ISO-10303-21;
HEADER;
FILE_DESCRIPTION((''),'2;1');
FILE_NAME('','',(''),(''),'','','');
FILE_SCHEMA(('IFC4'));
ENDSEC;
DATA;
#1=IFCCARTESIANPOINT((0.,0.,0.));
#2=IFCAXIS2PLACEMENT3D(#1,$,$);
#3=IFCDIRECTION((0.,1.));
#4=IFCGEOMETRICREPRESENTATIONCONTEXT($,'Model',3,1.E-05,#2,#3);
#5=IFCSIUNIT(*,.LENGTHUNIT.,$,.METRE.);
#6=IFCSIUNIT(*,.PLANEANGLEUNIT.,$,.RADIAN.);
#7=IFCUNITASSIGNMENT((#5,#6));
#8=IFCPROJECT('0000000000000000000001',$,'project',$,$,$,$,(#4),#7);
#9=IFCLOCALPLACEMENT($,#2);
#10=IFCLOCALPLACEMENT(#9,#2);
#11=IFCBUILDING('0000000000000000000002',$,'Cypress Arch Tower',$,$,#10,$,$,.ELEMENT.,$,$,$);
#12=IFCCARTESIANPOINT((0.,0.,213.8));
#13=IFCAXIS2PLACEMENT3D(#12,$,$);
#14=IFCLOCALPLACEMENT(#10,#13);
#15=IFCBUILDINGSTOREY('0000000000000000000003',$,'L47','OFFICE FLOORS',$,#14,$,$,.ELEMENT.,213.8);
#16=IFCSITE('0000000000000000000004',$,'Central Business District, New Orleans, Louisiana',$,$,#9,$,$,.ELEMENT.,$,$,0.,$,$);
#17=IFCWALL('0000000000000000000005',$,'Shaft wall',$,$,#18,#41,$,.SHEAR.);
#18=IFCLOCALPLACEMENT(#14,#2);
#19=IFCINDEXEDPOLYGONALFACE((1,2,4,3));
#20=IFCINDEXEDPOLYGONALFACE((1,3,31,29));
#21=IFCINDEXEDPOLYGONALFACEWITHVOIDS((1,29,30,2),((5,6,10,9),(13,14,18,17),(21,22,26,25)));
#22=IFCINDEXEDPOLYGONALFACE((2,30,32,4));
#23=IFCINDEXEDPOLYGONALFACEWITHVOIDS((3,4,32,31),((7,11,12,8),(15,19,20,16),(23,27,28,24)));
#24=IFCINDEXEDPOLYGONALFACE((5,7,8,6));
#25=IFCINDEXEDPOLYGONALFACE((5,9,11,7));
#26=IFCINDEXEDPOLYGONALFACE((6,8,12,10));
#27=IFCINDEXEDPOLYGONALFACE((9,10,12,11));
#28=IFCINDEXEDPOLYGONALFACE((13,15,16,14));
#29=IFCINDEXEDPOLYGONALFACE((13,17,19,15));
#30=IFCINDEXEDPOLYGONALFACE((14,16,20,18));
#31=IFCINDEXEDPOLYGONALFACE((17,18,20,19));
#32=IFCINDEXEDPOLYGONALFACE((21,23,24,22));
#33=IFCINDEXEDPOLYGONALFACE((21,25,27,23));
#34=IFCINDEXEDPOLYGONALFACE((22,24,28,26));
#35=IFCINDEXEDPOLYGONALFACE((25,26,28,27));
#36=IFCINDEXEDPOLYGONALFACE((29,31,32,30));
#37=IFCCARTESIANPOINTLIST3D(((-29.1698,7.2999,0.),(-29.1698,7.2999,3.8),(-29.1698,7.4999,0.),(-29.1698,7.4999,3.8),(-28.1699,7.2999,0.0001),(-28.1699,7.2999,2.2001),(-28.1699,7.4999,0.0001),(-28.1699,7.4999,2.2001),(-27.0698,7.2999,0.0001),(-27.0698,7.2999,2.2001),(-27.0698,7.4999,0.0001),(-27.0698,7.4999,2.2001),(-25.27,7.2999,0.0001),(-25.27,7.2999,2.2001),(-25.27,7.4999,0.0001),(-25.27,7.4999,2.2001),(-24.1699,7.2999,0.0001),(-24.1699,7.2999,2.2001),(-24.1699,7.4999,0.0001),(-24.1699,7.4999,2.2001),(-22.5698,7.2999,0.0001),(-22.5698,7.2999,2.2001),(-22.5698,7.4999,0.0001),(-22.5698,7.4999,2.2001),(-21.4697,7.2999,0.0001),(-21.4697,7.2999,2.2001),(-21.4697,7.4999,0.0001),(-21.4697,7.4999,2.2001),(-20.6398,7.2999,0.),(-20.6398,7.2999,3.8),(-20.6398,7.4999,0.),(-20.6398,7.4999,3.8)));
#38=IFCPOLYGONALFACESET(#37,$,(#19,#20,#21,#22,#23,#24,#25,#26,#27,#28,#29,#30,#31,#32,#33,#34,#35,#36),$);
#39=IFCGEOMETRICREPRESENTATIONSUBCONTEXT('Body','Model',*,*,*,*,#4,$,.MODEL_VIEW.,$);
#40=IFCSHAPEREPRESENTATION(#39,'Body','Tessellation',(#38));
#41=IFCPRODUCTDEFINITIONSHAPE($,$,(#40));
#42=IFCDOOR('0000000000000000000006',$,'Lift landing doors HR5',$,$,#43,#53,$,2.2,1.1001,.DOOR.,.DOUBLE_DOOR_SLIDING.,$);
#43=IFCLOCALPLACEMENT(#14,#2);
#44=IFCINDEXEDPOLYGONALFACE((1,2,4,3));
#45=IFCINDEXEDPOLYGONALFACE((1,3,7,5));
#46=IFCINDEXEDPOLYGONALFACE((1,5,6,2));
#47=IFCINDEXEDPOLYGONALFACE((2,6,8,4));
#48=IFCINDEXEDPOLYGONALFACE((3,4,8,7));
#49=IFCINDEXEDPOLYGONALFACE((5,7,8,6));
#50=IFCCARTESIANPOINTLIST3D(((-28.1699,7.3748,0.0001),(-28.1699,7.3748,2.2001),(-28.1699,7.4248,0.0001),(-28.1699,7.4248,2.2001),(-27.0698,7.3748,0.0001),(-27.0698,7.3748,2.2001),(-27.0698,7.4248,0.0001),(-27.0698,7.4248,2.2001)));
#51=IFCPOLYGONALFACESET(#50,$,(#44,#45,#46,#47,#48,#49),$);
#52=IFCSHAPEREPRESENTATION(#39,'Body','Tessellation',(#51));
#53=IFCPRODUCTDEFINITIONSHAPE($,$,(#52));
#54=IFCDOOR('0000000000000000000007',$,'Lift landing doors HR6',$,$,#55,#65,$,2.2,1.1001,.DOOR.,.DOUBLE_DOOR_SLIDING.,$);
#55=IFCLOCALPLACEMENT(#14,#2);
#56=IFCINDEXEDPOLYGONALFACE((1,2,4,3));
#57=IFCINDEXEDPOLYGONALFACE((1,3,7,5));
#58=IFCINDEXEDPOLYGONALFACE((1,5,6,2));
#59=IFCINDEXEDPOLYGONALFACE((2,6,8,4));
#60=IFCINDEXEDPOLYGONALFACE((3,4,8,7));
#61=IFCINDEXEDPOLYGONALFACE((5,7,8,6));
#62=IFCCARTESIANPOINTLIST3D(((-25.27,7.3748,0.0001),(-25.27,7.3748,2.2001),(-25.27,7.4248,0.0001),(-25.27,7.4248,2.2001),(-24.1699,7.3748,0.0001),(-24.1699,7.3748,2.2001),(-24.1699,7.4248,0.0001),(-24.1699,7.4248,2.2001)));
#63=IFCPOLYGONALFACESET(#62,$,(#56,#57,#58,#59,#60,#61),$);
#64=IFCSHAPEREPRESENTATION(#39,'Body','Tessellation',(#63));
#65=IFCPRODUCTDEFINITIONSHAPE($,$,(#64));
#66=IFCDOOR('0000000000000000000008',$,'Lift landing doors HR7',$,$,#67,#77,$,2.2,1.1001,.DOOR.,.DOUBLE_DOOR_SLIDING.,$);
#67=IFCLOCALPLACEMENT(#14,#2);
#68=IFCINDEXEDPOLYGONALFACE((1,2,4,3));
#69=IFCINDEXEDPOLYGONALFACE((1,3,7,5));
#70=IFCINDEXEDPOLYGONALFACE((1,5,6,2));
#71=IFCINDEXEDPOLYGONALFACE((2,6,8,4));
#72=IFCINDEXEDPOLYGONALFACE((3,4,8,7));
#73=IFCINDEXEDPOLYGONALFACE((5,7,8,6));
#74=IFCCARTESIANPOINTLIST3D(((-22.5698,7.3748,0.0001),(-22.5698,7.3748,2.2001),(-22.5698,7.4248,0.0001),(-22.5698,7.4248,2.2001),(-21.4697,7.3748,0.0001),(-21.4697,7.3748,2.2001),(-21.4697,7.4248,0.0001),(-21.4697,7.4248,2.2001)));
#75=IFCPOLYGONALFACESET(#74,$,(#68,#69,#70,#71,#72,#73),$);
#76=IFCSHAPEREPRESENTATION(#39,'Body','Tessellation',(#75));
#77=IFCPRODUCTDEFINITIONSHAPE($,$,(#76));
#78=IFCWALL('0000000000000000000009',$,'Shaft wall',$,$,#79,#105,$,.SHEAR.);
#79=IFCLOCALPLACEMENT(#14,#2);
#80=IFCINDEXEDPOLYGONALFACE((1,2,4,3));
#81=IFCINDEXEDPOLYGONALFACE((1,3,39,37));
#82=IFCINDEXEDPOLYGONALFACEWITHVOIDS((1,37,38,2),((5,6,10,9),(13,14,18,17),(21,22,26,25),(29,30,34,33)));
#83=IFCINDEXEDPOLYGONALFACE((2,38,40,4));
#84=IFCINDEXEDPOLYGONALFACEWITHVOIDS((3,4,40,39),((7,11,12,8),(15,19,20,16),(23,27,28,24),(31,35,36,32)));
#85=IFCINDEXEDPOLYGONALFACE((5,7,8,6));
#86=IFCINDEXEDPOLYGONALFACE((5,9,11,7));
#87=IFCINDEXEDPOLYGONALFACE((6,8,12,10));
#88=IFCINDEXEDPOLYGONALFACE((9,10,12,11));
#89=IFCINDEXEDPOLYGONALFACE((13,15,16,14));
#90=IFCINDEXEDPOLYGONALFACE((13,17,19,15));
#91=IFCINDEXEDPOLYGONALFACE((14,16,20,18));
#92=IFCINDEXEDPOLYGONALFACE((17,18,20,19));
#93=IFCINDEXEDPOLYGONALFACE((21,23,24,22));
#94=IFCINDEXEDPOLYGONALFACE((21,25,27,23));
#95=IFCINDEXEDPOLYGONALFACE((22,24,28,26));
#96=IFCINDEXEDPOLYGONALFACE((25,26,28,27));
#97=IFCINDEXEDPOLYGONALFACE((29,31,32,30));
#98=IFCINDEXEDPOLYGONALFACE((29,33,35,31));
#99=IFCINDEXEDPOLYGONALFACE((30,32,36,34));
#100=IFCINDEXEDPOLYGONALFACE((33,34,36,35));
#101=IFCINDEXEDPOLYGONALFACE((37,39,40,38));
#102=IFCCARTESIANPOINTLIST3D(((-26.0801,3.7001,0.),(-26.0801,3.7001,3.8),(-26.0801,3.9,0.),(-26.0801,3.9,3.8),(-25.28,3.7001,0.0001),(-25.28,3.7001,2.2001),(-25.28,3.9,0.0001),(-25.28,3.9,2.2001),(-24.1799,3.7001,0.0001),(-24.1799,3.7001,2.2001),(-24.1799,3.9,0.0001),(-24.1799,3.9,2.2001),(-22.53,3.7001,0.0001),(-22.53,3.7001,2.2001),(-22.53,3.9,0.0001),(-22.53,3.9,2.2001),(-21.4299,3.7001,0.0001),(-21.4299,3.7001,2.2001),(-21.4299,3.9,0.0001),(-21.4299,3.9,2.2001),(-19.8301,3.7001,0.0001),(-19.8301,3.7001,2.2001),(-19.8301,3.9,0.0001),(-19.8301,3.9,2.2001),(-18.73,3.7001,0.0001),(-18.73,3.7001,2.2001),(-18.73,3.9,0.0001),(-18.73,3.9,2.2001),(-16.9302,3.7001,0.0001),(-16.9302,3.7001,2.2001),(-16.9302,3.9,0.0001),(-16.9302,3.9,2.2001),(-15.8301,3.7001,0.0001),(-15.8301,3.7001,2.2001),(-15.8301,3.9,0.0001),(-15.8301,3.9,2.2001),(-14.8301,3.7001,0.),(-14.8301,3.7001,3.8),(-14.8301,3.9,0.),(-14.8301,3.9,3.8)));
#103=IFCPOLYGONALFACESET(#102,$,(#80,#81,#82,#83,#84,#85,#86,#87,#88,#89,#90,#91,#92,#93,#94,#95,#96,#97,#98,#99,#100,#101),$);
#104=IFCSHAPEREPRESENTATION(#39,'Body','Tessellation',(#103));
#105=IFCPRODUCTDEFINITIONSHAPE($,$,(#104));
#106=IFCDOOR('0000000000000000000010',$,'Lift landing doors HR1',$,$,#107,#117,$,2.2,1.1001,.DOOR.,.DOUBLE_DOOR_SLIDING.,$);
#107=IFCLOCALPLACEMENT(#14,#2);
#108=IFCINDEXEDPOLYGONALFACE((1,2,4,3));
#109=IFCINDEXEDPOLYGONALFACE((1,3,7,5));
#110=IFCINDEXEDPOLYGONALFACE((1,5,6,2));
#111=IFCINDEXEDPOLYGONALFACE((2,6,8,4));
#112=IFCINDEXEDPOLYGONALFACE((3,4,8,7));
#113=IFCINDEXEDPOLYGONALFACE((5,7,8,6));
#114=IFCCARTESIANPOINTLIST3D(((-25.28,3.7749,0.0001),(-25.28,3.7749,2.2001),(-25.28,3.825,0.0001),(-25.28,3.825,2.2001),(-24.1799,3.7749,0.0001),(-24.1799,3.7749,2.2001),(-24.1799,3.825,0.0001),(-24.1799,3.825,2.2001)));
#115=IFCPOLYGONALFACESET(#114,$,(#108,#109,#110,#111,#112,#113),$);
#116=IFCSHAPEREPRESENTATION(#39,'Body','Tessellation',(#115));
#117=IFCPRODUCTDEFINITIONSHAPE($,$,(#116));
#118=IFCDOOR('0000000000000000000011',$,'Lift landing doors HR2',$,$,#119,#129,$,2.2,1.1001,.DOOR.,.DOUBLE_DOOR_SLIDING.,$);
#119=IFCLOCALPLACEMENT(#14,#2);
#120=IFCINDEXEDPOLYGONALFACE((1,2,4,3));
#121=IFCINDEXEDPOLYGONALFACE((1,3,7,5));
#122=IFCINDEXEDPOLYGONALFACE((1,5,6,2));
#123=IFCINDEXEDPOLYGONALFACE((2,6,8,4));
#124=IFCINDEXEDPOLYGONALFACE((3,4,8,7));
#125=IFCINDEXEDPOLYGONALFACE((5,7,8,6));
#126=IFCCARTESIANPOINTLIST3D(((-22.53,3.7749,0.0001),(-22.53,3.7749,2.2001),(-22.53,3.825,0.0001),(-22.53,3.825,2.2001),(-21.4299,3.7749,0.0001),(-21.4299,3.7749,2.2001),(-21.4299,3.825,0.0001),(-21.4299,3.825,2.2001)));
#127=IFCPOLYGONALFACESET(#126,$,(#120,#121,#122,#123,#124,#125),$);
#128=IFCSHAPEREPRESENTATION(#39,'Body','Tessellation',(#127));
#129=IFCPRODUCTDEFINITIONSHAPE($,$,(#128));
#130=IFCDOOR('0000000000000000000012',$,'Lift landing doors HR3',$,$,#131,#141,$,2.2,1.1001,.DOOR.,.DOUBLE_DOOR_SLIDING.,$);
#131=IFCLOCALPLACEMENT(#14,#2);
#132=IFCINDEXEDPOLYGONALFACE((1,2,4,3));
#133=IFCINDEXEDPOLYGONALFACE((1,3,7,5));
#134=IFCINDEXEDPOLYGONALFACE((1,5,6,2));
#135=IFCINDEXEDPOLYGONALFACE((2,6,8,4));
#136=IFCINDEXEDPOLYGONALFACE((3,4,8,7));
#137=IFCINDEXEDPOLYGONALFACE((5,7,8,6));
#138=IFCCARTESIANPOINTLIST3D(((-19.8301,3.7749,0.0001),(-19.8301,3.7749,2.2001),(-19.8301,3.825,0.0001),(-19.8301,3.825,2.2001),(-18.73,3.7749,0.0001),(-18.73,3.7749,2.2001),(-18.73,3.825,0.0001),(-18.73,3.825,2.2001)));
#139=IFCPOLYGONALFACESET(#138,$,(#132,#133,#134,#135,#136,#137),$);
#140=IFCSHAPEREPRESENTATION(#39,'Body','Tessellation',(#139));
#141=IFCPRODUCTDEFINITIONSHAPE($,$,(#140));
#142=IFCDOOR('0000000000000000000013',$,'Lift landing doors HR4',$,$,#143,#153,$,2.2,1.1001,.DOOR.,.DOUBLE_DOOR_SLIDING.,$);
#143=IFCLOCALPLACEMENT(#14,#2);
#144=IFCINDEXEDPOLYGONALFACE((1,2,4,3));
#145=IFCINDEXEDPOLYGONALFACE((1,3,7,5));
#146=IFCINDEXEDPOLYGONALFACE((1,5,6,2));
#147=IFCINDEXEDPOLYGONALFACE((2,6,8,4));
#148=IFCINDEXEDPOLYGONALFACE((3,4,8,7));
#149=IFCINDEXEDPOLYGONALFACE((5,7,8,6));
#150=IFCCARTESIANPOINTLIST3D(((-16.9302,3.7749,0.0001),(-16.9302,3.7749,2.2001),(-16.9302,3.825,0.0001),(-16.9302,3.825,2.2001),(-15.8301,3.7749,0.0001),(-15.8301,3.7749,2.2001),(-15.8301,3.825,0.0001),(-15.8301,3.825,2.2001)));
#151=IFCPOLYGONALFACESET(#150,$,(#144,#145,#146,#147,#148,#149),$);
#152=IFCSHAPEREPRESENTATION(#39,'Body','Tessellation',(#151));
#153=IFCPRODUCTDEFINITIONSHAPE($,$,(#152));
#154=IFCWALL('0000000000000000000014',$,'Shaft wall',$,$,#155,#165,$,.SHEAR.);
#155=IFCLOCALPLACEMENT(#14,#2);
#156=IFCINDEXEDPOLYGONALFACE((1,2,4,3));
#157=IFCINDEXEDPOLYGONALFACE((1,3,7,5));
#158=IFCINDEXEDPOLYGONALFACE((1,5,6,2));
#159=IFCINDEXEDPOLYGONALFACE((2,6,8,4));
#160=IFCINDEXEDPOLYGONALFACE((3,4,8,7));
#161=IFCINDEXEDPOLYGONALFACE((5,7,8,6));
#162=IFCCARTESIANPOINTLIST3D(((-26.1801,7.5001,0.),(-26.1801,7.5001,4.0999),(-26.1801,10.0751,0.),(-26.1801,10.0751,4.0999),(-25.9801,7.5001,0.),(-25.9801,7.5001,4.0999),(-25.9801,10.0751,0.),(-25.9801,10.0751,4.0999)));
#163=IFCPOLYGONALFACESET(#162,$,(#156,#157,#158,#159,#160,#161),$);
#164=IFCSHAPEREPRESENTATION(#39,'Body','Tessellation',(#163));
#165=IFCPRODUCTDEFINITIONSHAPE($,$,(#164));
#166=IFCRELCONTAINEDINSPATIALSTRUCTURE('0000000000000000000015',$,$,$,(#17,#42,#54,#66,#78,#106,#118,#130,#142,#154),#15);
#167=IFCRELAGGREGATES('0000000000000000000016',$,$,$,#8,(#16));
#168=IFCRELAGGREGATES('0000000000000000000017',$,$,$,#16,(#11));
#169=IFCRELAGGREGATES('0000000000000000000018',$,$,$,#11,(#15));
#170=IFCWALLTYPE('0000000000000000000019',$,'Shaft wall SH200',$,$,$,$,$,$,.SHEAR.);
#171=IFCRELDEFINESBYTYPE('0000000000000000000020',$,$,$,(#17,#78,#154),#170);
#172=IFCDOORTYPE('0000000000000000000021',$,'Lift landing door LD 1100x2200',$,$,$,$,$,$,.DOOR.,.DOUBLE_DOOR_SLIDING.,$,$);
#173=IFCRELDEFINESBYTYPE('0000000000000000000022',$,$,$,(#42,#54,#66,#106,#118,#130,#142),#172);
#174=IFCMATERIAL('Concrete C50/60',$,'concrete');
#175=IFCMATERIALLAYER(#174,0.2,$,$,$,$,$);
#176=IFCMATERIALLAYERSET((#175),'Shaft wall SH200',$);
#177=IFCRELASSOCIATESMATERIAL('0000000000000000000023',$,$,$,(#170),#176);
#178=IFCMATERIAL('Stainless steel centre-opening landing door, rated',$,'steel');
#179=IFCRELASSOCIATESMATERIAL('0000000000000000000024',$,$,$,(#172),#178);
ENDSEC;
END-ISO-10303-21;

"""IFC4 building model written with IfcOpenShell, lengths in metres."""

from ifc_helpers import new_model, si_unit, direction, frame, frame_2d, origin, place, context, subcontext, project, spatial, rectangle, extrude, material, layer, layer_set, type_object, element, fill, save


model = new_model("IFC4")

# Units and contexts
model_context = context("Model", 3, precision=1e-05, world=origin(), true_north=direction((0.0, 1.0)))
body_context = subcontext(model_context, "Body", "Model", "MODEL_VIEW")
ifc_project = project(units=[si_unit("LENGTHUNIT", "METRE"), si_unit("PLANEANGLEUNIT", "RADIAN")], contexts=[model_context])

# Site, building, storey
site_placement = place(None, origin())
site = spatial("IfcSite", under=ifc_project, at=site_placement, Name="Central Business District, New Orleans, Louisiana", CompositionType="ELEMENT", RefElevation=0.0)
building_placement = place(site_placement, origin())
building = spatial("IfcBuilding", under=site, at=building_placement, Name="Cypress Arch Tower", CompositionType="ELEMENT")
storey_placement = place(building_placement, frame((0.0, 0.0, 213.8)))
storey = spatial("IfcBuildingStorey", under=building, at=storey_placement, Name="L47", Description="OFFICE FLOORS", CompositionType="ELEMENT", Elevation=213.8)

# Walls, openings, doors
ifc_material_1 = material(Name="Concrete C50/60", Category="concrete")
ifc_layer_1 = layer(ifc_material_1, 0.2)
ifc_layer_set_1 = layer_set([ifc_layer_1], Name="Shaft wall SH200")
wall_type_1 = type_object("IfcWallType", Name="Shaft wall SH200", PredefinedType="SHEAR", material=ifc_layer_set_1)
wall_1_placement = place(storey_placement, frame((-29.1699, 7.3999, 0.0), z_axis=(0.0, 0.0, 1.0), x_axis=(1.0, 0.0, 0.0)))
wall_1 = element("IfcWall", 1, at=wall_1_placement, inside=storey, type_object=wall_type_1, Name="Shaft wall", PredefinedType="SHEAR", context=body_context, shape_type="SweptSolid", body=[
    extrude(rectangle(XDim=8.53, YDim=0.2, at=frame_2d((4.2651, 0.0))), origin(), (0.0, 0.0, 1.0), 3.8),
])
opening_1_placement = place(wall_1_placement, frame((1.0, 0.0, 0.0)))
opening_1 = element("IfcOpeningElement", 2, at=opening_1_placement, cuts=wall_1, PredefinedType="OPENING", context=body_context, shape_type="SweptSolid", body=[
    extrude(rectangle(XDim=1.1001, YDim=2.2, at=frame_2d((0.55, 1.1001))), frame((0.0, 0.1099, 0.0), z_axis=(0.0, -1.0, 0.0), x_axis=(1.0, 0.0, 0.0)), (0.0, 0.0, 1.0), 0.22),
])
opening_2_placement = place(wall_1_placement, frame((3.8999, 0.0, 0.0)))
opening_2 = element("IfcOpeningElement", 3, at=opening_2_placement, cuts=wall_1, PredefinedType="OPENING", context=body_context, shape_type="SweptSolid", body=[
    extrude(rectangle(XDim=1.1001, YDim=2.2, at=frame_2d((0.55, 1.1001))), frame((0.0, 0.1099, 0.0), z_axis=(0.0, -1.0, 0.0), x_axis=(1.0, 0.0, 0.0)), (0.0, 0.0, 1.0), 0.22),
])
opening_3_placement = place(wall_1_placement, frame((6.6001, 0.0, 0.0)))
opening_3 = element("IfcOpeningElement", 4, at=opening_3_placement, cuts=wall_1, PredefinedType="OPENING", context=body_context, shape_type="SweptSolid", body=[
    extrude(rectangle(XDim=1.1001, YDim=2.2, at=frame_2d((0.55, 1.1001))), frame((0.0, 0.1099, 0.0), z_axis=(0.0, -1.0, 0.0), x_axis=(1.0, 0.0, 0.0)), (0.0, 0.0, 1.0), 0.22),
])
ifc_material_2 = material(Name="Stainless steel centre-opening landing door, rated", Category="steel")
door_type_1 = type_object("IfcDoorType", Name="Lift landing door LD 1100x2200", OperationType="DOUBLE_DOOR_SLIDING", PredefinedType="DOOR", material=ifc_material_2)
door_1_placement = place(opening_1_placement, origin())
door_1 = element("IfcDoor", 5, at=door_1_placement, inside=storey, type_object=door_type_1, Name="Lift landing doors HR5", OperationType="DOUBLE_DOOR_SLIDING", OverallHeight=2.2, OverallWidth=1.1001, PredefinedType="DOOR", context=body_context, shape_type="SweptSolid", body=[
    extrude(rectangle(XDim=1.1001, YDim=2.2, at=frame_2d((0.55, 1.1001))), frame((0.0, 0.0249, 0.0), z_axis=(0.0, -1.0, 0.0), x_axis=(1.0, 0.0, 0.0)), (0.0, 0.0, 1.0), 0.05),
])
fill(opening_1, door_1)
door_2_placement = place(opening_2_placement, origin())
door_2 = element("IfcDoor", 6, at=door_2_placement, inside=storey, type_object=door_type_1, Name="Lift landing doors HR6", OperationType="DOUBLE_DOOR_SLIDING", OverallHeight=2.2, OverallWidth=1.1001, PredefinedType="DOOR", context=body_context, shape_type="SweptSolid", body=[
    extrude(rectangle(XDim=1.1001, YDim=2.2, at=frame_2d((0.55, 1.1001))), frame((0.0, 0.0249, 0.0), z_axis=(0.0, -1.0, 0.0), x_axis=(1.0, 0.0, 0.0)), (0.0, 0.0, 1.0), 0.05),
])
fill(opening_2, door_2)
door_3_placement = place(opening_3_placement, origin())
door_3 = element("IfcDoor", 7, at=door_3_placement, inside=storey, type_object=door_type_1, Name="Lift landing doors HR7", OperationType="DOUBLE_DOOR_SLIDING", OverallHeight=2.2, OverallWidth=1.1001, PredefinedType="DOOR", context=body_context, shape_type="SweptSolid", body=[
    extrude(rectangle(XDim=1.1001, YDim=2.2, at=frame_2d((0.55, 1.1001))), frame((0.0, 0.0249, 0.0), z_axis=(0.0, -1.0, 0.0), x_axis=(1.0, 0.0, 0.0)), (0.0, 0.0, 1.0), 0.05),
])
fill(opening_3, door_3)
wall_2_placement = place(storey_placement, frame((-26.0801, 3.8, 0.0), z_axis=(0.0, 0.0, 1.0), x_axis=(1.0, 0.0, 0.0)))
wall_2 = element("IfcWall", 8, at=wall_2_placement, inside=storey, type_object=wall_type_1, Name="Shaft wall", PredefinedType="SHEAR", context=body_context, shape_type="SweptSolid", body=[
    extrude(rectangle(XDim=11.25, YDim=0.2, at=frame_2d((5.625, 0.0))), origin(), (0.0, 0.0, 1.0), 3.8),
])
opening_4_placement = place(wall_2_placement, frame((0.8, 0.0, 0.0)))
opening_4 = element("IfcOpeningElement", 9, at=opening_4_placement, cuts=wall_2, PredefinedType="OPENING", context=body_context, shape_type="SweptSolid", body=[
    extrude(rectangle(XDim=1.1001, YDim=2.2, at=frame_2d((0.55, 1.1001))), frame((0.0, 0.1099, 0.0), z_axis=(0.0, -1.0, 0.0), x_axis=(1.0, 0.0, 0.0)), (0.0, 0.0, 1.0), 0.22),
])
opening_5_placement = place(wall_2_placement, frame((3.55, 0.0, 0.0)))
opening_5 = element("IfcOpeningElement", 10, at=opening_5_placement, cuts=wall_2, PredefinedType="OPENING", context=body_context, shape_type="SweptSolid", body=[
    extrude(rectangle(XDim=1.1001, YDim=2.2, at=frame_2d((0.55, 1.1001))), frame((0.0, 0.1099, 0.0), z_axis=(0.0, -1.0, 0.0), x_axis=(1.0, 0.0, 0.0)), (0.0, 0.0, 1.0), 0.22),
])
opening_6_placement = place(wall_2_placement, frame((6.25, 0.0, 0.0)))
opening_6 = element("IfcOpeningElement", 11, at=opening_6_placement, cuts=wall_2, PredefinedType="OPENING", context=body_context, shape_type="SweptSolid", body=[
    extrude(rectangle(XDim=1.1001, YDim=2.2, at=frame_2d((0.55, 1.1001))), frame((0.0, 0.1099, 0.0), z_axis=(0.0, -1.0, 0.0), x_axis=(1.0, 0.0, 0.0)), (0.0, 0.0, 1.0), 0.22),
])
opening_7_placement = place(wall_2_placement, frame((9.1499, 0.0, 0.0)))
opening_7 = element("IfcOpeningElement", 12, at=opening_7_placement, cuts=wall_2, PredefinedType="OPENING", context=body_context, shape_type="SweptSolid", body=[
    extrude(rectangle(XDim=1.1001, YDim=2.2, at=frame_2d((0.55, 1.1001))), frame((0.0, 0.1099, 0.0), z_axis=(0.0, -1.0, 0.0), x_axis=(1.0, 0.0, 0.0)), (0.0, 0.0, 1.0), 0.22),
])
door_4_placement = place(opening_4_placement, origin())
door_4 = element("IfcDoor", 13, at=door_4_placement, inside=storey, type_object=door_type_1, Name="Lift landing doors HR1", OperationType="DOUBLE_DOOR_SLIDING", OverallHeight=2.2, OverallWidth=1.1001, PredefinedType="DOOR", context=body_context, shape_type="SweptSolid", body=[
    extrude(rectangle(XDim=1.1001, YDim=2.2, at=frame_2d((0.55, 1.1001))), frame((0.0, 0.0249, 0.0), z_axis=(0.0, -1.0, 0.0), x_axis=(1.0, 0.0, 0.0)), (0.0, 0.0, 1.0), 0.05),
])
fill(opening_4, door_4)
door_5_placement = place(opening_5_placement, origin())
door_5 = element("IfcDoor", 14, at=door_5_placement, inside=storey, type_object=door_type_1, Name="Lift landing doors HR2", OperationType="DOUBLE_DOOR_SLIDING", OverallHeight=2.2, OverallWidth=1.1001, PredefinedType="DOOR", context=body_context, shape_type="SweptSolid", body=[
    extrude(rectangle(XDim=1.1001, YDim=2.2, at=frame_2d((0.55, 1.1001))), frame((0.0, 0.0249, 0.0), z_axis=(0.0, -1.0, 0.0), x_axis=(1.0, 0.0, 0.0)), (0.0, 0.0, 1.0), 0.05),
])
fill(opening_5, door_5)
door_6_placement = place(opening_6_placement, origin())
door_6 = element("IfcDoor", 15, at=door_6_placement, inside=storey, type_object=door_type_1, Name="Lift landing doors HR3", OperationType="DOUBLE_DOOR_SLIDING", OverallHeight=2.2, OverallWidth=1.1001, PredefinedType="DOOR", context=body_context, shape_type="SweptSolid", body=[
    extrude(rectangle(XDim=1.1001, YDim=2.2, at=frame_2d((0.55, 1.1001))), frame((0.0, 0.0249, 0.0), z_axis=(0.0, -1.0, 0.0), x_axis=(1.0, 0.0, 0.0)), (0.0, 0.0, 1.0), 0.05),
])
fill(opening_6, door_6)
door_7_placement = place(opening_7_placement, origin())
door_7 = element("IfcDoor", 16, at=door_7_placement, inside=storey, type_object=door_type_1, Name="Lift landing doors HR4", OperationType="DOUBLE_DOOR_SLIDING", OverallHeight=2.2, OverallWidth=1.1001, PredefinedType="DOOR", context=body_context, shape_type="SweptSolid", body=[
    extrude(rectangle(XDim=1.1001, YDim=2.2, at=frame_2d((0.55, 1.1001))), frame((0.0, 0.0249, 0.0), z_axis=(0.0, -1.0, 0.0), x_axis=(1.0, 0.0, 0.0)), (0.0, 0.0, 1.0), 0.05),
])
fill(opening_7, door_7)

# Wall
wall_3_placement = place(storey_placement, frame((-26.0801, 7.5, 0.0), z_axis=(0.0, 0.0, 1.0), x_axis=(0.0, 1.0, 0.0)))
element("IfcWall", 17, at=wall_3_placement, inside=storey, type_object=wall_type_1, Name="Shaft wall", PredefinedType="SHEAR", context=body_context, shape_type="SweptSolid", body=[
    extrude(rectangle(XDim=2.575, YDim=0.2, at=frame_2d((1.2876, 0.0))), origin(), (0.0, 0.0, 1.0), 4.0999),
])

save(model, "model.ifc")
